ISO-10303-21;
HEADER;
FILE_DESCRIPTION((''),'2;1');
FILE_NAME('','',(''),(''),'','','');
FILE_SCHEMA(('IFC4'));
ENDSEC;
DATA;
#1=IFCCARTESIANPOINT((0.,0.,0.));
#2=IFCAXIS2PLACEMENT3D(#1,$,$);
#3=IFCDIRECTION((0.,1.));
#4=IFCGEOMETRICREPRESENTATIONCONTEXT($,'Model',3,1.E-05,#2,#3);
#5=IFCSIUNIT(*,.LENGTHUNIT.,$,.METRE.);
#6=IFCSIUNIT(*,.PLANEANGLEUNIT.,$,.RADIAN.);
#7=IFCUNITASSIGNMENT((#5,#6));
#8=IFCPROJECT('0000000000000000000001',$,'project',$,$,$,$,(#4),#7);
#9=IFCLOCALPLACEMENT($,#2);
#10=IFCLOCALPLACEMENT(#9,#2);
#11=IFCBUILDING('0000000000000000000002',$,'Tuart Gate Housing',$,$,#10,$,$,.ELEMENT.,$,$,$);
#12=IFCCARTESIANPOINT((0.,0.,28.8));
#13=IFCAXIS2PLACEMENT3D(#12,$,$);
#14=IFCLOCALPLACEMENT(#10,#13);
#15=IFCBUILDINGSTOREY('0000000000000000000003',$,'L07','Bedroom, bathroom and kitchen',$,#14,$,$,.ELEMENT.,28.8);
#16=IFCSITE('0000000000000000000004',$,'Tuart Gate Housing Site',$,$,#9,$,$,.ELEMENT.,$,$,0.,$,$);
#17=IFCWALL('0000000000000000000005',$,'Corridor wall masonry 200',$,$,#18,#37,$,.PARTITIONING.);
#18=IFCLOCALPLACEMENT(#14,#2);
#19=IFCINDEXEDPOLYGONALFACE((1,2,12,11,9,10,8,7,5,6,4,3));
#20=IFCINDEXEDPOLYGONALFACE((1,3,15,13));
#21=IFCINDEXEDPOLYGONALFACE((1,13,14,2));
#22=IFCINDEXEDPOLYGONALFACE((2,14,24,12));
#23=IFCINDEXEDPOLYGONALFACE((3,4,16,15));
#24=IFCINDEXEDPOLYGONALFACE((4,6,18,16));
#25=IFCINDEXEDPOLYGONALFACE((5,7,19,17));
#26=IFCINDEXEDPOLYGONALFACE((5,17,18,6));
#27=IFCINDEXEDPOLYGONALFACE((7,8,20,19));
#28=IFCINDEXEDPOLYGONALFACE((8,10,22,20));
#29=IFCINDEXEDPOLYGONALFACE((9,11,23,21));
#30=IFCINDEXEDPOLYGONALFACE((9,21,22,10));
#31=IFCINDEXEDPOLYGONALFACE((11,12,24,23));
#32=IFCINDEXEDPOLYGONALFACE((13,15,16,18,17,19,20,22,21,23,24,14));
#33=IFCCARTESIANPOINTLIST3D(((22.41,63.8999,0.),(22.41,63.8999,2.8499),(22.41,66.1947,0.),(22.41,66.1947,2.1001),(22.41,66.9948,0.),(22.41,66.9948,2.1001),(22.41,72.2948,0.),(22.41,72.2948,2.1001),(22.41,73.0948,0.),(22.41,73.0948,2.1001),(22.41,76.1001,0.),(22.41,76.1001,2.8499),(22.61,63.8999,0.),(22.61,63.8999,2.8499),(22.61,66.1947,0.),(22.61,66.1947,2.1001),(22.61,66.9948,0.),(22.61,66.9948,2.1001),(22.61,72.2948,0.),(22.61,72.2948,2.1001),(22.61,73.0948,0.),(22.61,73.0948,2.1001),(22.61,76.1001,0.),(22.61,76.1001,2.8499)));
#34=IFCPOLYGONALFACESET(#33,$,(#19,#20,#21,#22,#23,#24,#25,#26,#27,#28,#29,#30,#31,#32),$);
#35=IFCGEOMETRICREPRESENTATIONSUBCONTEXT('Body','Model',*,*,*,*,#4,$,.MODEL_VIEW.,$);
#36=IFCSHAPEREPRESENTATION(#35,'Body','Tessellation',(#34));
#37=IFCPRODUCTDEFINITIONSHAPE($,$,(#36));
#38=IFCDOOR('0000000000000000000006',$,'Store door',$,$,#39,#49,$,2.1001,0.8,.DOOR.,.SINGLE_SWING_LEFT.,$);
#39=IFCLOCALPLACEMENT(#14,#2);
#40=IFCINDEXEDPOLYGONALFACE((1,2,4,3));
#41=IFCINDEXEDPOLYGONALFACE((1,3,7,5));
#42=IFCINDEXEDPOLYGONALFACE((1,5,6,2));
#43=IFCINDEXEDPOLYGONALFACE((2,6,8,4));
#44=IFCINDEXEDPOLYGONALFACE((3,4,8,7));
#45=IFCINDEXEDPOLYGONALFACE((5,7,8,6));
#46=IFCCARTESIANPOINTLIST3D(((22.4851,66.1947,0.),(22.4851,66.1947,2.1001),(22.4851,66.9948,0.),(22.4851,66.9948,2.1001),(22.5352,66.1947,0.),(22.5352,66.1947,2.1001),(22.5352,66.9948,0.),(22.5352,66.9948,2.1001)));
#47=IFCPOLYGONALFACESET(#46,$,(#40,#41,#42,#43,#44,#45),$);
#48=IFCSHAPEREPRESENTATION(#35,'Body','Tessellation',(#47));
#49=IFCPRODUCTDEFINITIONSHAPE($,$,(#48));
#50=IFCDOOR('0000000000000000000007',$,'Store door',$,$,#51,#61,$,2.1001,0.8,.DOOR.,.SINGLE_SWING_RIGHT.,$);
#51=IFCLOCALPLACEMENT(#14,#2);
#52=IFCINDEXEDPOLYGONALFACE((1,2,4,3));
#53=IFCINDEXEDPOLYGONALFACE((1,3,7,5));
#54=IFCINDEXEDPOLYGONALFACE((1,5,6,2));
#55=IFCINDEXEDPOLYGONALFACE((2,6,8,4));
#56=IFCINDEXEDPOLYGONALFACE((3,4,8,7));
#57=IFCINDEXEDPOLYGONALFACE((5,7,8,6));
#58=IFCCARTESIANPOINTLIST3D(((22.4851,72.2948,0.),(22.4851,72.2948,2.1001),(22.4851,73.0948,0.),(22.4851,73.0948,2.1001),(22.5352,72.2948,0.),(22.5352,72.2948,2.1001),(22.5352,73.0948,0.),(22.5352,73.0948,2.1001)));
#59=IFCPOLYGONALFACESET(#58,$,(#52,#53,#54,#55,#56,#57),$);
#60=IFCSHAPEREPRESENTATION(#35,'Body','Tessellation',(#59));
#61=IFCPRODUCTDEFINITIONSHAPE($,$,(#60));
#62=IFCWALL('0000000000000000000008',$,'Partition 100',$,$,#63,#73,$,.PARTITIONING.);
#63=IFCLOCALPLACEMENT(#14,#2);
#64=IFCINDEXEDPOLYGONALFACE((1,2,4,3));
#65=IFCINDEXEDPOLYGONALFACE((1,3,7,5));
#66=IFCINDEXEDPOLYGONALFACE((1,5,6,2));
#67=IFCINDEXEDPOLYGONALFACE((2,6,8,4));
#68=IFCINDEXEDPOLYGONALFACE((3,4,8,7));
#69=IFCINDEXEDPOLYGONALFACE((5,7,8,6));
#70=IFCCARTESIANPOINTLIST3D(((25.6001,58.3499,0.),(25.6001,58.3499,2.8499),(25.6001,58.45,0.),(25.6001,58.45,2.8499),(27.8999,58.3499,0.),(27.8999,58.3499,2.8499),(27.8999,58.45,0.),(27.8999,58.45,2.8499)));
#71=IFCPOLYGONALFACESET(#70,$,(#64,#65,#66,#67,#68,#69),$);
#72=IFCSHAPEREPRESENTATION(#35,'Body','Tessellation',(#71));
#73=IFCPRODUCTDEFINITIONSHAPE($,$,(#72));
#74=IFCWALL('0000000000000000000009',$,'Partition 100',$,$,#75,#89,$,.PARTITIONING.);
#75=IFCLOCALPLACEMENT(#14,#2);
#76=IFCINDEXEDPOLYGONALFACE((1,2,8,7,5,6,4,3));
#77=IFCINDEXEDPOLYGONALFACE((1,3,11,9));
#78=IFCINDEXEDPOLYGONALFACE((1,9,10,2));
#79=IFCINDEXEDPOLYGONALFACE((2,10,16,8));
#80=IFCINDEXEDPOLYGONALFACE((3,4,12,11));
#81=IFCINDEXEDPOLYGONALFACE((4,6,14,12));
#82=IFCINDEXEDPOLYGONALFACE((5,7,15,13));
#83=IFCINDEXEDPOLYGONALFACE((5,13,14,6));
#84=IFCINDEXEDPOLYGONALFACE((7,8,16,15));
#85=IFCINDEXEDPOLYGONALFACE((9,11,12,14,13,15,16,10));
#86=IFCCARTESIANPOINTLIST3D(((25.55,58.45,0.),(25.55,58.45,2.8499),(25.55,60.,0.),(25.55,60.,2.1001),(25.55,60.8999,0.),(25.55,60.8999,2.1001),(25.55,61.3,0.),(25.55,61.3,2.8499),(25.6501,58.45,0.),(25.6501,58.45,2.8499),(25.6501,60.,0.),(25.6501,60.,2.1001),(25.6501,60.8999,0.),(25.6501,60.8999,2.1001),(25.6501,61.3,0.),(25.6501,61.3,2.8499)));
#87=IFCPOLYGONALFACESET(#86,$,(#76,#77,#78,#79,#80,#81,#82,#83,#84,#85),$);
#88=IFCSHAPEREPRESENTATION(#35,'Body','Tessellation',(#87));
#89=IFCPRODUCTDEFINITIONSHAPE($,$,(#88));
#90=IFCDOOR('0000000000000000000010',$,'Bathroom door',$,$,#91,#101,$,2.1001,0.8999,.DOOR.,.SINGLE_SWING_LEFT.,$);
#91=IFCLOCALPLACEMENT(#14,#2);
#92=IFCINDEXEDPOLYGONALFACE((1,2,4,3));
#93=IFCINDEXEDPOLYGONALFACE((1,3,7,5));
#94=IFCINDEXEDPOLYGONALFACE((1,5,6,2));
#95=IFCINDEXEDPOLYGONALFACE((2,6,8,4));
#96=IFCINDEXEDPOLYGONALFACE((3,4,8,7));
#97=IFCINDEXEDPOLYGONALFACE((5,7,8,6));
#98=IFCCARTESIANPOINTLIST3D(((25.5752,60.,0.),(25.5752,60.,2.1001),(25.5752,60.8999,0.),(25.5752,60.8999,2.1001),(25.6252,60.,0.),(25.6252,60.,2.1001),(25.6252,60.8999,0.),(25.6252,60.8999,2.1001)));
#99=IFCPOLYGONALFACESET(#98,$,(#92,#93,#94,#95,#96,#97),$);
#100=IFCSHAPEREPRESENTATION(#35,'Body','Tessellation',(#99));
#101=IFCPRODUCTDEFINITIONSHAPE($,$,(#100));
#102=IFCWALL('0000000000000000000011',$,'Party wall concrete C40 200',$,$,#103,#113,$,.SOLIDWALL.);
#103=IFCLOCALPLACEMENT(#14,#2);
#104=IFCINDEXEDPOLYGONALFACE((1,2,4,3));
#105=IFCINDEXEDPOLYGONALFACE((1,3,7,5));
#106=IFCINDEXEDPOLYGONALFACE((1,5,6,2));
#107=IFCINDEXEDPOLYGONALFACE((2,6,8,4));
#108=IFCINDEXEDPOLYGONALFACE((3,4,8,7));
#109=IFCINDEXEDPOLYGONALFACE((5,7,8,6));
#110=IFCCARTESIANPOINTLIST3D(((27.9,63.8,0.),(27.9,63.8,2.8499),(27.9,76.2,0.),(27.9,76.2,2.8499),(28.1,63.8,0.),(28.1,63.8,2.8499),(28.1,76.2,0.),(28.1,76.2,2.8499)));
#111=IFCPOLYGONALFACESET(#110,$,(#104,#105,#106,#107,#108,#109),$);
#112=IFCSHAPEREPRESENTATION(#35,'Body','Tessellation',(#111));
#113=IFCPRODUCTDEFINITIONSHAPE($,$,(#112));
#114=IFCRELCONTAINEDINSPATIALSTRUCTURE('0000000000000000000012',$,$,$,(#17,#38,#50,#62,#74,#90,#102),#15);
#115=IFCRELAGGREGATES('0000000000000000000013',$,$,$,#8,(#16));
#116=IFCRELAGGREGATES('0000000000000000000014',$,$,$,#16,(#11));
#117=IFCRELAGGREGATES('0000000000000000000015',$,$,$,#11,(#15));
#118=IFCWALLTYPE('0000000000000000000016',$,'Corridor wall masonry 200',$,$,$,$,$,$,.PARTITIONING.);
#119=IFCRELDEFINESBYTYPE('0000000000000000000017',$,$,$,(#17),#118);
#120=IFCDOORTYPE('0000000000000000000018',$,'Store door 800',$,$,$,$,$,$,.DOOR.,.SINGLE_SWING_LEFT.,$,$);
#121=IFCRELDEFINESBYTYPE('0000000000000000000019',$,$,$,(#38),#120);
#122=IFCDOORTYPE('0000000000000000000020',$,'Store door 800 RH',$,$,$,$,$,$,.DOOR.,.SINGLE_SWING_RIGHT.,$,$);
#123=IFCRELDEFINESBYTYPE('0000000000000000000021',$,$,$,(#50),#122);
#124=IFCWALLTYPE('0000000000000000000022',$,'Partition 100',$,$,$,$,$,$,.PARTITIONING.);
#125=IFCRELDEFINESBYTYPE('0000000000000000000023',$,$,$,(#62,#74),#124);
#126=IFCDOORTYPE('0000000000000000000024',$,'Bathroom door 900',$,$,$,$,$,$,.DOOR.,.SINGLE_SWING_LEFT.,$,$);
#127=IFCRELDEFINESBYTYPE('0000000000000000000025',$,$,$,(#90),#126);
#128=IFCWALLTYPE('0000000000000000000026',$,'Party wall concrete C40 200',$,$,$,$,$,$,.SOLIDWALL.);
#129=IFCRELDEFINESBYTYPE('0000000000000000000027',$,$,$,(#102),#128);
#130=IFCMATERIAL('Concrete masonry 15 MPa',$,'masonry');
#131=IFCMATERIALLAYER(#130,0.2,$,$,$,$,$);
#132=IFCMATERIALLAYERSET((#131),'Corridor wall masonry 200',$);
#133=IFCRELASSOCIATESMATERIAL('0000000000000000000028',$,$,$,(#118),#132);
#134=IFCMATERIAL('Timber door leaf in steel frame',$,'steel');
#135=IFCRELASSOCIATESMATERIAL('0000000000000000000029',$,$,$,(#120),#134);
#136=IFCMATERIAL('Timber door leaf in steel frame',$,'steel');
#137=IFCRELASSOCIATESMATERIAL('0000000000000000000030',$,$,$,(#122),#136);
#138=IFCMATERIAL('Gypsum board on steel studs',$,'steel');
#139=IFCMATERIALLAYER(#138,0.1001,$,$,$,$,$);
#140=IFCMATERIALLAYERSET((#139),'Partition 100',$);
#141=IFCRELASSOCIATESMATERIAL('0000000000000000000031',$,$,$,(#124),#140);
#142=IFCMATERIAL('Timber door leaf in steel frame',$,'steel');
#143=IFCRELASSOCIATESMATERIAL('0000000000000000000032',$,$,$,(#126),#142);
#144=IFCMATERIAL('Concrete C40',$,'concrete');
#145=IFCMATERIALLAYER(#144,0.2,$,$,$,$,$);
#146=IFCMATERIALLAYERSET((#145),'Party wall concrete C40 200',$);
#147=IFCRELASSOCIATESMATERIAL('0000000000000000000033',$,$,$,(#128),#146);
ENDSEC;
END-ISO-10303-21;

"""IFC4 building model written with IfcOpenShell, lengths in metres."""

from ifc_helpers import new_model, si_unit, direction, frame, frame_2d, origin, place, context, subcontext, project, spatial, rectangle, extrude, material, layer, layer_set, type_object, element, fill, save


model = new_model("IFC4")

# Units and contexts
model_context = context("Model", 3, precision=1e-05, world=origin(), true_north=direction((0.0, 1.0)))
body_context = subcontext(model_context, "Body", "Model", "MODEL_VIEW")
ifc_project = project(units=[si_unit("LENGTHUNIT", "METRE"), si_unit("PLANEANGLEUNIT", "RADIAN")], contexts=[model_context])

# Site, building, storey
site_placement = place(None, origin())
site = spatial("IfcSite", under=ifc_project, at=site_placement, Name="Tuart Gate Housing Site", CompositionType="ELEMENT", RefElevation=0.0)
building_placement = place(site_placement, origin())
building = spatial("IfcBuilding", under=site, at=building_placement, Name="Tuart Gate Housing", CompositionType="ELEMENT")
storey_placement = place(building_placement, frame((0.0, 0.0, 28.8)))
storey = spatial("IfcBuildingStorey", under=building, at=storey_placement, Name="L07", Description="Bedroom, bathroom and kitchen", CompositionType="ELEMENT", Elevation=28.8)

# Shared definitions
ifc_material_1 = material(Name="Concrete masonry 15 MPa", Category="masonry")
ifc_layer_1 = layer(ifc_material_1, 0.2)
ifc_layer_set_1 = layer_set([ifc_layer_1], Name="Corridor wall masonry 200")
wall_type_1 = type_object("IfcWallType", Name="Corridor wall masonry 200", PredefinedType="PARTITIONING", material=ifc_layer_set_1)

# Shared definitions
ifc_material_2 = material(Name="Timber door leaf in steel frame", Category="steel")
door_type_1 = type_object("IfcDoorType", Name="Store door 800", OperationType="SINGLE_SWING_LEFT", PredefinedType="DOOR", material=ifc_material_2)

# Wall, openings, doors
wall_1_placement = place(storey_placement, frame((22.51, 63.8999, 0.0), z_axis=(0.0, 0.0, 1.0), x_axis=(0.0, 1.0, 0.0)))
wall_1 = element("IfcWall", 1, at=wall_1_placement, inside=storey, type_object=wall_type_1, Name="Corridor wall masonry 200", PredefinedType="PARTITIONING", context=body_context, shape_type="SweptSolid", body=[
    extrude(rectangle(XDim=12.2002, YDim=0.2, at=frame_2d((6.1001, 0.0))), origin(), (0.0, 0.0, 1.0), 2.8499),
])
opening_1_placement = place(wall_1_placement, frame((2.2949, 0.0, 0.0)))
opening_1 = element("IfcOpeningElement", 2, at=opening_1_placement, cuts=wall_1, PredefinedType="OPENING", context=body_context, shape_type="SweptSolid", body=[
    extrude(rectangle(XDim=0.8, YDim=2.1001, at=frame_2d((0.3999, 1.05))), frame((0.0, 0.1099, 0.0), z_axis=(0.0, -1.0, 0.0), x_axis=(1.0, 0.0, 0.0)), (0.0, 0.0, 1.0), 0.22),
])
opening_2_placement = place(wall_1_placement, frame((8.395, 0.0, 0.0)))
opening_2 = element("IfcOpeningElement", 3, at=opening_2_placement, cuts=wall_1, PredefinedType="OPENING", context=body_context, shape_type="SweptSolid", body=[
    extrude(rectangle(XDim=0.8, YDim=2.1001, at=frame_2d((0.3999, 1.05))), frame((0.0, 0.1099, 0.0), z_axis=(0.0, -1.0, 0.0), x_axis=(1.0, 0.0, 0.0)), (0.0, 0.0, 1.0), 0.22),
])
door_1_placement = place(opening_1_placement, frame((0.8, 0.0, 0.0), z_axis=(0.0, 0.0, 1.0), x_axis=(-1.0, 0.0, 0.0)))
door_1 = element("IfcDoor", 4, at=door_1_placement, inside=storey, type_object=door_type_1, Name="Store door", OperationType="SINGLE_SWING_LEFT", OverallHeight=2.1001, OverallWidth=0.8, PredefinedType="DOOR", context=body_context, shape_type="SweptSolid", body=[
    extrude(rectangle(XDim=0.8, YDim=2.1001, at=frame_2d((0.4001, 1.05))), frame((0.0, 0.0251, 0.0), z_axis=(0.0, -1.0, 0.0), x_axis=(1.0, 0.0, 0.0)), (0.0, 0.0, 1.0), 0.05),
])
fill(opening_1, door_1)
ifc_material_3 = material(Name="Timber door leaf in steel frame", Category="steel")
door_type_2 = type_object("IfcDoorType", Name="Store door 800 RH", OperationType="SINGLE_SWING_RIGHT", PredefinedType="DOOR", material=ifc_material_3)
door_2_placement = place(opening_2_placement, frame((0.8, 0.0, 0.0), z_axis=(0.0, 0.0, 1.0), x_axis=(-1.0, 0.0, 0.0)))
door_2 = element("IfcDoor", 5, at=door_2_placement, inside=storey, type_object=door_type_2, Name="Store door", OperationType="SINGLE_SWING_RIGHT", OverallHeight=2.1001, OverallWidth=0.8, PredefinedType="DOOR", context=body_context, shape_type="SweptSolid", body=[
    extrude(rectangle(XDim=0.8, YDim=2.1001, at=frame_2d((0.4001, 1.05))), frame((0.0, 0.0251, 0.0), z_axis=(0.0, -1.0, 0.0), x_axis=(1.0, 0.0, 0.0)), (0.0, 0.0, 1.0), 0.05),
])
fill(opening_2, door_2)

# Wall
ifc_material_4 = material(Name="Gypsum board on steel studs", Category="steel")
ifc_layer_2 = layer(ifc_material_4, 0.1001)
ifc_layer_set_2 = layer_set([ifc_layer_2], Name="Partition 100")
wall_type_2 = type_object("IfcWallType", Name="Partition 100", PredefinedType="PARTITIONING", material=ifc_layer_set_2)
wall_2_placement = place(storey_placement, frame((25.6001, 58.3999, 0.0), z_axis=(0.0, 0.0, 1.0), x_axis=(1.0, 0.0, 0.0)))
element("IfcWall", 6, at=wall_2_placement, inside=storey, type_object=wall_type_2, Name="Partition 100", PredefinedType="PARTITIONING", context=body_context, shape_type="SweptSolid", body=[
    extrude(rectangle(XDim=2.2998, YDim=0.1001, at=frame_2d((1.1499, 0.0))), origin(), (0.0, 0.0, 1.0), 2.8499),
])

# Wall, opening, door
wall_3_placement = place(storey_placement, frame((25.6001, 58.45, 0.0), z_axis=(0.0, 0.0, 1.0), x_axis=(0.0, 1.0, 0.0)))
wall_3 = element("IfcWall", 7, at=wall_3_placement, inside=storey, type_object=wall_type_2, Name="Partition 100", PredefinedType="PARTITIONING", context=body_context, shape_type="SweptSolid", body=[
    extrude(rectangle(XDim=2.8501, YDim=0.1001, at=frame_2d((1.425, 0.0))), origin(), (0.0, 0.0, 1.0), 2.8499),
])
opening_3_placement = place(wall_3_placement, frame((1.55, 0.0, 0.0)))
opening_3 = element("IfcOpeningElement", 8, at=opening_3_placement, cuts=wall_3, PredefinedType="OPENING", context=body_context, shape_type="SweptSolid", body=[
    extrude(rectangle(XDim=0.8999, YDim=2.1001, at=frame_2d((0.45, 1.05))), frame((0.0, 0.0601, 0.0), z_axis=(0.0, -1.0, 0.0), x_axis=(1.0, 0.0, 0.0)), (0.0, 0.0, 1.0), 0.1201),
])
ifc_material_5 = material(Name="Timber door leaf in steel frame", Category="steel")
door_type_3 = type_object("IfcDoorType", Name="Bathroom door 900", OperationType="SINGLE_SWING_LEFT", PredefinedType="DOOR", material=ifc_material_5)
door_3_placement = place(opening_3_placement, frame((0.8999, 0.0, 0.0), z_axis=(0.0, 0.0, 1.0), x_axis=(-1.0, 0.0, 0.0)))
door_3 = element("IfcDoor", 9, at=door_3_placement, inside=storey, type_object=door_type_3, Name="Bathroom door", OperationType="SINGLE_SWING_LEFT", OverallHeight=2.1001, OverallWidth=0.8999, PredefinedType="DOOR", context=body_context, shape_type="SweptSolid", body=[
    extrude(rectangle(XDim=0.8999, YDim=2.1001, at=frame_2d((0.45, 1.05))), frame((0.0, 0.0251, 0.0), z_axis=(0.0, -1.0, 0.0), x_axis=(1.0, 0.0, 0.0)), (0.0, 0.0, 1.0), 0.05),
])
fill(opening_3, door_3)

# Wall
ifc_material_6 = material(Name="Concrete C40", Category="concrete")
ifc_layer_3 = layer(ifc_material_6, 0.2)
ifc_layer_set_3 = layer_set([ifc_layer_3], Name="Party wall concrete C40 200")
wall_type_3 = type_object("IfcWallType", Name="Party wall concrete C40 200", PredefinedType="SOLIDWALL", material=ifc_layer_set_3)
wall_4_placement = place(storey_placement, frame((28.0, 63.8, 0.0), z_axis=(0.0, 0.0, 1.0), x_axis=(0.0, 1.0, 0.0)))
element("IfcWall", 10, at=wall_4_placement, inside=storey, type_object=wall_type_3, Name="Party wall concrete C40 200", PredefinedType="SOLIDWALL", context=body_context, shape_type="SweptSolid", body=[
    extrude(rectangle(XDim=12.3999, YDim=0.2, at=frame_2d((6.2, 0.0))), origin(), (0.0, 0.0, 1.0), 2.8499),
])

save(model, "model.ifc")
